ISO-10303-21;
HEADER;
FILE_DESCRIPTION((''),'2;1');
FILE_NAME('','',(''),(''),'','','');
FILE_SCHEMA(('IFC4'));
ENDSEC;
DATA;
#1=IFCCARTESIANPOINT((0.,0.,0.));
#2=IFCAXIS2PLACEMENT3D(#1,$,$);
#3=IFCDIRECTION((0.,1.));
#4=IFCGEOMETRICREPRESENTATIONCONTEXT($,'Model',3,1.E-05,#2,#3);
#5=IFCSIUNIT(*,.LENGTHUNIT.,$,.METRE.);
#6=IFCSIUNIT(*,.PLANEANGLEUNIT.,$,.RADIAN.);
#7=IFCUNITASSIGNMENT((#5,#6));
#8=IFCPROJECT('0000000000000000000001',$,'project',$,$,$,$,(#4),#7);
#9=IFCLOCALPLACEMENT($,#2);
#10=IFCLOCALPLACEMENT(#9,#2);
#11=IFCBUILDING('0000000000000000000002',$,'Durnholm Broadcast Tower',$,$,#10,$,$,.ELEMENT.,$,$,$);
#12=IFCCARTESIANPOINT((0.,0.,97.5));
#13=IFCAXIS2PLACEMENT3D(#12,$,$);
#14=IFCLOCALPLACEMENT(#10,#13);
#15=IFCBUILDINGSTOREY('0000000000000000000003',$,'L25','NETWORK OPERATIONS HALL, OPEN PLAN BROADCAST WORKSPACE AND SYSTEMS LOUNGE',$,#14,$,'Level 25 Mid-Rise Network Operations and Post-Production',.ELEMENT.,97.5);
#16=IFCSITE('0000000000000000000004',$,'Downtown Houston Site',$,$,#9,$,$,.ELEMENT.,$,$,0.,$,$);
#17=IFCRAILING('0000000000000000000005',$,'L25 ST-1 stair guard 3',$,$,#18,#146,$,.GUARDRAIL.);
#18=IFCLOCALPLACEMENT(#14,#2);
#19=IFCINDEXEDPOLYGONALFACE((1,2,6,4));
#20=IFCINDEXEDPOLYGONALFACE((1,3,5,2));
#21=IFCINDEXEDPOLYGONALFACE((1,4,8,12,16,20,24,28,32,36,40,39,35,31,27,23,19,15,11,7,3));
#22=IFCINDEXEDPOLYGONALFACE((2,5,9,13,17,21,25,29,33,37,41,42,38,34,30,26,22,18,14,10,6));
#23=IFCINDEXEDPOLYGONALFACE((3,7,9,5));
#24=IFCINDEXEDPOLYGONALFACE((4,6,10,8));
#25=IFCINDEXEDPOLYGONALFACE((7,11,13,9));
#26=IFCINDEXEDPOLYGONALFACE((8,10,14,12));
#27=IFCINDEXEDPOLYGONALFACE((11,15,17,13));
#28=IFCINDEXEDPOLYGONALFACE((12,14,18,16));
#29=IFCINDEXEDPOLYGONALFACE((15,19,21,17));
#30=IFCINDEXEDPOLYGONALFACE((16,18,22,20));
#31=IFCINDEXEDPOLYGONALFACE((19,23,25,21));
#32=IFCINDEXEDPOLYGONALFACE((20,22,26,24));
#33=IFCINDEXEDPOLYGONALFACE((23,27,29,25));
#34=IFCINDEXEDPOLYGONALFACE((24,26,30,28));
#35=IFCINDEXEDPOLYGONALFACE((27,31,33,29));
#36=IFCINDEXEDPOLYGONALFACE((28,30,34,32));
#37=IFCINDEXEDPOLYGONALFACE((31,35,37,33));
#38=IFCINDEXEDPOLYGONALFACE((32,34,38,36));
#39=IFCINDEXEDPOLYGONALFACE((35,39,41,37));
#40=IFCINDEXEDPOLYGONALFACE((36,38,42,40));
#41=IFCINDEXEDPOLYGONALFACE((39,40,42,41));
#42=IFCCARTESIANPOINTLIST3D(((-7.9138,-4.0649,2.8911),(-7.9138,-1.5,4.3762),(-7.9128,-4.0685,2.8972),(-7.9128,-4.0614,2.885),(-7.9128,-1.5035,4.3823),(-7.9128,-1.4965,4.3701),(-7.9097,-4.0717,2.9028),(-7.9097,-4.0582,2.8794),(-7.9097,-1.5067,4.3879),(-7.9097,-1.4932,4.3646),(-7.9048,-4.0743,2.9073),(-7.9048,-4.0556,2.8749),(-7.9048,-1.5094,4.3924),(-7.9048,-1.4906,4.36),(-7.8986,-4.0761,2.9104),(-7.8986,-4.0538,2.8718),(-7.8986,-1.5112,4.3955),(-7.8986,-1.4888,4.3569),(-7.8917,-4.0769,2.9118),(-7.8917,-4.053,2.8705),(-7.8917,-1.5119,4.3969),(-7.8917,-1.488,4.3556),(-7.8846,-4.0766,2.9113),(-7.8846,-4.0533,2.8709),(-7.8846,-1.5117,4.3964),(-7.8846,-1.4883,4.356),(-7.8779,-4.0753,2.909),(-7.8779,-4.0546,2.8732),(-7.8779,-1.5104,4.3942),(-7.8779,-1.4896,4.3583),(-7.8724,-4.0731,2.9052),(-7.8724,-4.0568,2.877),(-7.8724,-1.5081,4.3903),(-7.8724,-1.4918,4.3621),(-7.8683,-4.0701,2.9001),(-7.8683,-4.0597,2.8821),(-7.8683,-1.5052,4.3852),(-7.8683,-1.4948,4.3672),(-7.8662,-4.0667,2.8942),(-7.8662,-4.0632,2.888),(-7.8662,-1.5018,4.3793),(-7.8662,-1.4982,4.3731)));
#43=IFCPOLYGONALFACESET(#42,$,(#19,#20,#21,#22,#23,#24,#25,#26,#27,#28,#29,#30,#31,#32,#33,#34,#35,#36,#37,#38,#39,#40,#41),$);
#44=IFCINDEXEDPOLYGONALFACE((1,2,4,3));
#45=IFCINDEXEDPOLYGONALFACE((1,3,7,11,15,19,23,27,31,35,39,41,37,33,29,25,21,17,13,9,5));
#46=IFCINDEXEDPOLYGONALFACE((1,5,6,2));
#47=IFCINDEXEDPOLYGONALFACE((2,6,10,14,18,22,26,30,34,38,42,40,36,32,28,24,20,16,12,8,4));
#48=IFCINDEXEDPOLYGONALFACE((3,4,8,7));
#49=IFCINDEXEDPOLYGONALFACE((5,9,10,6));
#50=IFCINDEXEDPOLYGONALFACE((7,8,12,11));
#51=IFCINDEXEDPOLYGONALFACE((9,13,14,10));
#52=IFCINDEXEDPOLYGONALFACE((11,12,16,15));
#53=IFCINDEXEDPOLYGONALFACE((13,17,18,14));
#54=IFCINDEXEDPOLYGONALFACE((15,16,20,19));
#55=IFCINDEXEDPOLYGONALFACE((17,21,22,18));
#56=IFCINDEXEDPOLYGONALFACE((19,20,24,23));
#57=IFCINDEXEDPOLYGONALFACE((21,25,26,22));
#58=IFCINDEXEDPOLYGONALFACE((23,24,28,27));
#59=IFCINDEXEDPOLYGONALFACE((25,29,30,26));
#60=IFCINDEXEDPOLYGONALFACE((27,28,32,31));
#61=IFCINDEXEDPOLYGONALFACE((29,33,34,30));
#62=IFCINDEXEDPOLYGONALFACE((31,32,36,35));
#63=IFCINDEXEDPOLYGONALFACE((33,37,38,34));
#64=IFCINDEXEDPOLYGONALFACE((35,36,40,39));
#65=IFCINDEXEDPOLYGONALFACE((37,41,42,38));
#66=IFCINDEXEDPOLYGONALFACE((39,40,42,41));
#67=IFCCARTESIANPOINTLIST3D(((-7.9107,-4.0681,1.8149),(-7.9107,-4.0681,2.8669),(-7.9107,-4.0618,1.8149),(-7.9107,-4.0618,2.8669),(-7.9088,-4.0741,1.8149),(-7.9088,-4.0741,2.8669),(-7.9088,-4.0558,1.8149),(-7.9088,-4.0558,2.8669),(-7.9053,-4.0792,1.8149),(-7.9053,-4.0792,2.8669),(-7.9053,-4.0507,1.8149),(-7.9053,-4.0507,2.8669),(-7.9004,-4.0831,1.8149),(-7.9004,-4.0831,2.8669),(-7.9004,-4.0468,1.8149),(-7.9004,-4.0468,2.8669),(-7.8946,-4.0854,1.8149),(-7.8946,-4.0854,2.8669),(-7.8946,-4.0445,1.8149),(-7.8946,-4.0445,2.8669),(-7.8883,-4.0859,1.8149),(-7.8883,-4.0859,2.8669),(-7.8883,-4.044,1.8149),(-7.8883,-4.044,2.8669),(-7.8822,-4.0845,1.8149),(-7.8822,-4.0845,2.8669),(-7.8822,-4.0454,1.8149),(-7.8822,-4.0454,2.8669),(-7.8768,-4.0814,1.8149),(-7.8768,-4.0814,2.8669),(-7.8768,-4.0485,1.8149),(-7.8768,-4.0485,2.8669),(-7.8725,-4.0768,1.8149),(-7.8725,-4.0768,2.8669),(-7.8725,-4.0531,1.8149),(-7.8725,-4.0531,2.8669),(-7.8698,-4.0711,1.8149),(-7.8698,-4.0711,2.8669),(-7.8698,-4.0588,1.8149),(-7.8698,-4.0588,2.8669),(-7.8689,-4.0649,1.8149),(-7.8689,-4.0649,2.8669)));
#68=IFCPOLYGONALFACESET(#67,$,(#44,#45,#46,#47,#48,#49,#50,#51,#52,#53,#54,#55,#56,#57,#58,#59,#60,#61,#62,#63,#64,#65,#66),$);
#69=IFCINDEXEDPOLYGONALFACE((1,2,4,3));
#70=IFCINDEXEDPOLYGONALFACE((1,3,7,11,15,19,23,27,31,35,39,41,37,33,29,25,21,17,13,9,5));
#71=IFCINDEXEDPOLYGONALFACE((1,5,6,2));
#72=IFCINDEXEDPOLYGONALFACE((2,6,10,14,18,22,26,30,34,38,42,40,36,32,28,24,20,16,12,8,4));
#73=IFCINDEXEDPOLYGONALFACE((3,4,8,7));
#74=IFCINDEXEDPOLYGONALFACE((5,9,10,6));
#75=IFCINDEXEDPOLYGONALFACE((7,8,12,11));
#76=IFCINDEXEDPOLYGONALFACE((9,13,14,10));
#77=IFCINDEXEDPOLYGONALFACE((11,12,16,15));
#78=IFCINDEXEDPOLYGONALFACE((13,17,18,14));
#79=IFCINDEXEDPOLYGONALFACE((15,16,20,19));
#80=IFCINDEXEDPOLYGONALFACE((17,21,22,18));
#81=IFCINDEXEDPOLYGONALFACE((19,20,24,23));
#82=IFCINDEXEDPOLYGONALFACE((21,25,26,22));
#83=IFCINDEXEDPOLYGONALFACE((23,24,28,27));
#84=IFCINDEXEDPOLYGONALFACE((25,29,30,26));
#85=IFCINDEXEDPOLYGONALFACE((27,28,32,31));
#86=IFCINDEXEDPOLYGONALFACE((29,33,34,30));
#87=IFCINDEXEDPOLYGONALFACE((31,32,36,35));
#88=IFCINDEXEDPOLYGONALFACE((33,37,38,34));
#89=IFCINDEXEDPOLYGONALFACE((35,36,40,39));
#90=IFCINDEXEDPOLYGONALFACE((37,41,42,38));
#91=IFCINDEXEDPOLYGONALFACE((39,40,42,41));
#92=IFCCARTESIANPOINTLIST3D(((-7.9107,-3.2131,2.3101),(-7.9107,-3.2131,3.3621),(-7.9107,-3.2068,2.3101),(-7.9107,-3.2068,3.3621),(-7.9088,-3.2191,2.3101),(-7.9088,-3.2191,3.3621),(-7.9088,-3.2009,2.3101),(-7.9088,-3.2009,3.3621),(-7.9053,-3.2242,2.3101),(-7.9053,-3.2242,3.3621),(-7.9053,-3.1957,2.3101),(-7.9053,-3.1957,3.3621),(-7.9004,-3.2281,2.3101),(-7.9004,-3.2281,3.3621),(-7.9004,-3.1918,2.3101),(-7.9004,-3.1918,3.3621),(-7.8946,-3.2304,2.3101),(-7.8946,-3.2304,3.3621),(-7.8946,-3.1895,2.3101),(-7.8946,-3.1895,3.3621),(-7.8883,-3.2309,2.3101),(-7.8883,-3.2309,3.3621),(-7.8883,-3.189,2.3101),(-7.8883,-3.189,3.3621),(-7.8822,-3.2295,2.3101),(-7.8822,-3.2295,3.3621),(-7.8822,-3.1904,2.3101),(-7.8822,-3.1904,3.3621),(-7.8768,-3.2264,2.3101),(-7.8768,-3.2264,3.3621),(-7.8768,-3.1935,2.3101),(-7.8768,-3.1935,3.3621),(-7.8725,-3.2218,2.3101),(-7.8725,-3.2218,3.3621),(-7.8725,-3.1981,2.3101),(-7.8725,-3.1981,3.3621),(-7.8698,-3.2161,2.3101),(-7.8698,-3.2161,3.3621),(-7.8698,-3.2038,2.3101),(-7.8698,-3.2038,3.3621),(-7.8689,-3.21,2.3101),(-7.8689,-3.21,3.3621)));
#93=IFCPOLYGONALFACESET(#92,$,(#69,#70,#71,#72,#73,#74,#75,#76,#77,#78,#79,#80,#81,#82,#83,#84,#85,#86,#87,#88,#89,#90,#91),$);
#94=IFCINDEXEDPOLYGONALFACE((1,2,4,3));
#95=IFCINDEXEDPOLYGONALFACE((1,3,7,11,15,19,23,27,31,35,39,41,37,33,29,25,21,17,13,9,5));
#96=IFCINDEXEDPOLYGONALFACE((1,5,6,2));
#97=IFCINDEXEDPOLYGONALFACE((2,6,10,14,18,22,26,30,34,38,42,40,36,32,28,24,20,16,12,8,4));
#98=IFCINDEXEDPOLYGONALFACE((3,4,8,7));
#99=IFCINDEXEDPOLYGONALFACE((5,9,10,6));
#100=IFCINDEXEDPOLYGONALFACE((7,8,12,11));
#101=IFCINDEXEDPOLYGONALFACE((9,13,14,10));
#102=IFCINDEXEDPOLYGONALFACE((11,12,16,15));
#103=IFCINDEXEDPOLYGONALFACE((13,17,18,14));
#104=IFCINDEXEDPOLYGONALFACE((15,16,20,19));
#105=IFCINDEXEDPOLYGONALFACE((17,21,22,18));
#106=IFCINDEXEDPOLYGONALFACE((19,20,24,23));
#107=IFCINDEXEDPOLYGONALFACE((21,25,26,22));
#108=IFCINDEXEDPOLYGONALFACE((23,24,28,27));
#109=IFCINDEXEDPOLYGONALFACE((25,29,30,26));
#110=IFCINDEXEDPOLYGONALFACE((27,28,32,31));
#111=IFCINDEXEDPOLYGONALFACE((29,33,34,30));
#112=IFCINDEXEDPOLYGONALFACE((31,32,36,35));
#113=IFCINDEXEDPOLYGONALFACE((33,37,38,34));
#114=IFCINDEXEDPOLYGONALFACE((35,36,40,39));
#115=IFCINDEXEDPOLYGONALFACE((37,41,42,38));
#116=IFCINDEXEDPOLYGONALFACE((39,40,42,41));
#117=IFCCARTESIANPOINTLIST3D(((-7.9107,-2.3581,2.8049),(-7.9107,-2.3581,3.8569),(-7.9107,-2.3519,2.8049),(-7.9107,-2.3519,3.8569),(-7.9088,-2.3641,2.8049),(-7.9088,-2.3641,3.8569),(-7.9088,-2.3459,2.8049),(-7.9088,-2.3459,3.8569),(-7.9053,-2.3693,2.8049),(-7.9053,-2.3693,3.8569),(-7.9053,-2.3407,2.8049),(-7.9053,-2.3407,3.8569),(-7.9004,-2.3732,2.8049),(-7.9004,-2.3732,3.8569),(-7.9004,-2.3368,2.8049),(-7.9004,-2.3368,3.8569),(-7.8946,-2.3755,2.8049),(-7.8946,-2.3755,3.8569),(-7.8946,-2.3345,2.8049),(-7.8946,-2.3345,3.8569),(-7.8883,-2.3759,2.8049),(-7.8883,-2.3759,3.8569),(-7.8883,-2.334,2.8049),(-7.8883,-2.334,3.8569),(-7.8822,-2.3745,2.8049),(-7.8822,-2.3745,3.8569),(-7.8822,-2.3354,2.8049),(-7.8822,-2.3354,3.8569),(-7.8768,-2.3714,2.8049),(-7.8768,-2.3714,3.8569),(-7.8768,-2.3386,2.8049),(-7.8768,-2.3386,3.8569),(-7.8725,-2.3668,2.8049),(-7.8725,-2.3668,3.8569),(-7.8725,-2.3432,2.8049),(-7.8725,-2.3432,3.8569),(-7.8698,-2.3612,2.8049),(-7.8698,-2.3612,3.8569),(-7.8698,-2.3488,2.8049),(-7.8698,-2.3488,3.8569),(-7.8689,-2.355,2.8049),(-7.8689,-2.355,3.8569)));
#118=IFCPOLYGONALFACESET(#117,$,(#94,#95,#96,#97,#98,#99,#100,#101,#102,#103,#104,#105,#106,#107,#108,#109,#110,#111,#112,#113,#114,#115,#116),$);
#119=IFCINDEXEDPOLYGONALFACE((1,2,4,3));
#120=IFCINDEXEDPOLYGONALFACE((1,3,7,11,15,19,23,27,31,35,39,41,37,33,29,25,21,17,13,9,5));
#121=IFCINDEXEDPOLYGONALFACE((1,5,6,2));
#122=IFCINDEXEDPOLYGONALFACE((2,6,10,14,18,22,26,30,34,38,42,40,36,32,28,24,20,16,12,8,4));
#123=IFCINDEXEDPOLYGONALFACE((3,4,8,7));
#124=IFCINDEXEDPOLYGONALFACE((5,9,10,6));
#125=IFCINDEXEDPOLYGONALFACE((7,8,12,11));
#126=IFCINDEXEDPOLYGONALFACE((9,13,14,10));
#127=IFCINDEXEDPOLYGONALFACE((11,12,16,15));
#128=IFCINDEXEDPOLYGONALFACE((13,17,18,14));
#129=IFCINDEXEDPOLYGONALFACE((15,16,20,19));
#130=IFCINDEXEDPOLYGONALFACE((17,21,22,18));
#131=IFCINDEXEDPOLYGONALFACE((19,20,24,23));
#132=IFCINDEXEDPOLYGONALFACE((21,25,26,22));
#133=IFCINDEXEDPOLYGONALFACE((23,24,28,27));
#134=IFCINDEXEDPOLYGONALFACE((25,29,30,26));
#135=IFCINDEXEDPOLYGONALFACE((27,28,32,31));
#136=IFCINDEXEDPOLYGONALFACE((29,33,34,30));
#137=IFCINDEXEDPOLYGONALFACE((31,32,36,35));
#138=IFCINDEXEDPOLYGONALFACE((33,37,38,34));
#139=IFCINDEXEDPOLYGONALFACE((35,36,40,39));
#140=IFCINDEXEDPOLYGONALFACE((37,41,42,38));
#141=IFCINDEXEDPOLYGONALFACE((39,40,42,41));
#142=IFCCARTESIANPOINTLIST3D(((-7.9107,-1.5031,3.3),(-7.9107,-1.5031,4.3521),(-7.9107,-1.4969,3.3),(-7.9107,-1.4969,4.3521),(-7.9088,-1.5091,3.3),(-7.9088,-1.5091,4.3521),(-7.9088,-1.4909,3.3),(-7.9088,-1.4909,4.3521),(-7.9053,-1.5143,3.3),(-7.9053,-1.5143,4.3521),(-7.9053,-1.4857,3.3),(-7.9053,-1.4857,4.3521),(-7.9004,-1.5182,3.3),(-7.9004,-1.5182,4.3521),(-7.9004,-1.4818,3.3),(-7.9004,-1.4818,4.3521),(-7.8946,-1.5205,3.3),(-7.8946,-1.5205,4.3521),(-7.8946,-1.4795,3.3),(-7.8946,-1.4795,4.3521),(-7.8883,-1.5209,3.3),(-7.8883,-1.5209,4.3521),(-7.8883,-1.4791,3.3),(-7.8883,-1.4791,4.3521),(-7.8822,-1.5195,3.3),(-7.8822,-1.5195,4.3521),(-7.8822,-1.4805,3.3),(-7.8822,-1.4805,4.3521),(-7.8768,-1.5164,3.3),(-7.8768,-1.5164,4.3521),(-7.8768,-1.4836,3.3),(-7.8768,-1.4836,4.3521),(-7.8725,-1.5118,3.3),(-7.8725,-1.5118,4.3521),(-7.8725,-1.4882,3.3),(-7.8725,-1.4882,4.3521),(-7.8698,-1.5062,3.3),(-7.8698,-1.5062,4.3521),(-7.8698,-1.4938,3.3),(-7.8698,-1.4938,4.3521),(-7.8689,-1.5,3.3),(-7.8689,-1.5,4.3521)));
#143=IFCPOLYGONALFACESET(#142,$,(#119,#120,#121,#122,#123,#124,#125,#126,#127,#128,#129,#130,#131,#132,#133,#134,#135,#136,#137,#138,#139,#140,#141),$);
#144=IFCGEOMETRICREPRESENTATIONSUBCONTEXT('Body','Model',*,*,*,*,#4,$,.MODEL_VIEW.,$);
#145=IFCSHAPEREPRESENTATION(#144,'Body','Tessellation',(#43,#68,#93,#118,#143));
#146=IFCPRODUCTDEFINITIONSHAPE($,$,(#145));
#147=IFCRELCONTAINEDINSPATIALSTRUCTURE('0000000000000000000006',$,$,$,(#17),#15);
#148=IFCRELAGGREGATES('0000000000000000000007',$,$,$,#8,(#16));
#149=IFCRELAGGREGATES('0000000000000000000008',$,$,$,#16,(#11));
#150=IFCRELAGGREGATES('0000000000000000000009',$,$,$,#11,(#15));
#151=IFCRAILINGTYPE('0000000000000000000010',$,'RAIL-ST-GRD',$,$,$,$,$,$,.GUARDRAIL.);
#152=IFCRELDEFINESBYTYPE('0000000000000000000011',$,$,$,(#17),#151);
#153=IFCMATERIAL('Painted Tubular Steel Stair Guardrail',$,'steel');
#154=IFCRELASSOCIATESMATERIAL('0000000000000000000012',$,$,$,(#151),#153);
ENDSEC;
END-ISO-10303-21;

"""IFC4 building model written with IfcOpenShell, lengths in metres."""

from ifc_helpers import new_model, si_unit, direction, frame, origin, origin_2d, place, context, subcontext, project, spatial, circle, extrude, material, type_object, element, save


model = new_model("IFC4")

# Units and contexts
model_context = context("Model", 3, precision=1e-05, world=origin(), true_north=direction((0.0, 1.0)))
body_context = subcontext(model_context, "Body", "Model", "MODEL_VIEW")
ifc_project = project(units=[si_unit("LENGTHUNIT", "METRE"), si_unit("PLANEANGLEUNIT", "RADIAN")], contexts=[model_context])

# Site, building, storey
site_placement = place(None, origin())
site = spatial("IfcSite", under=ifc_project, at=site_placement, Name="Downtown Houston Site", CompositionType="ELEMENT", RefElevation=0.0)
building_placement = place(site_placement, origin())
building = spatial("IfcBuilding", under=site, at=building_placement, Name="Durnholm Broadcast Tower", CompositionType="ELEMENT")
storey_placement = place(building_placement, frame((0.0, 0.0, 97.5)))
storey = spatial("IfcBuildingStorey", under=building, at=storey_placement, Name="L25", Description="NETWORK OPERATIONS HALL, OPEN PLAN BROADCAST WORKSPACE AND SYSTEMS LOUNGE", LongName="Level 25 Mid-Rise Network Operations and Post-Production", CompositionType="ELEMENT", Elevation=97.5)

# Railing
ifc_material_1 = material(Name="Painted Tubular Steel Stair Guardrail", Category="steel")
railing_type_1 = type_object("IfcRailingType", Name="RAIL-ST-GRD", PredefinedType="GUARDRAIL", material=ifc_material_1)
railing_1_placement = place(storey_placement, frame((-7.8899, -4.0649, 1.8149)))
element("IfcRailing", 1, at=railing_1_placement, inside=storey, type_object=railing_type_1, Name="L25 ST-1 stair guard 3", PredefinedType="GUARDRAIL", context=body_context, shape_type="SweptSolid", body=[
    extrude(circle(Radius=0.0239, at=origin_2d()), frame((0.0, 0.0, 1.0762), z_axis=(0.0, 0.865406, 0.501072), x_axis=(-1.0, 0.0, 0.0)), (0.0, 0.0, 1.0), 2.9639),
    extrude(circle(Radius=0.021, at=origin_2d()), origin(), (0.0, 0.0, 1.0), 1.052),
    extrude(circle(Radius=0.021, at=origin_2d()), frame((0.0, 0.855, 0.4951)), (0.0, 0.0, 1.0), 1.052),
    extrude(circle(Radius=0.021, at=origin_2d()), frame((0.0, 1.71, 0.99)), (0.0, 0.0, 1.0), 1.052),
    extrude(circle(Radius=0.021, at=origin_2d()), frame((0.0, 2.5649, 1.4851)), (0.0, 0.0, 1.0), 1.052),
])

save(model, "model.ifc")
